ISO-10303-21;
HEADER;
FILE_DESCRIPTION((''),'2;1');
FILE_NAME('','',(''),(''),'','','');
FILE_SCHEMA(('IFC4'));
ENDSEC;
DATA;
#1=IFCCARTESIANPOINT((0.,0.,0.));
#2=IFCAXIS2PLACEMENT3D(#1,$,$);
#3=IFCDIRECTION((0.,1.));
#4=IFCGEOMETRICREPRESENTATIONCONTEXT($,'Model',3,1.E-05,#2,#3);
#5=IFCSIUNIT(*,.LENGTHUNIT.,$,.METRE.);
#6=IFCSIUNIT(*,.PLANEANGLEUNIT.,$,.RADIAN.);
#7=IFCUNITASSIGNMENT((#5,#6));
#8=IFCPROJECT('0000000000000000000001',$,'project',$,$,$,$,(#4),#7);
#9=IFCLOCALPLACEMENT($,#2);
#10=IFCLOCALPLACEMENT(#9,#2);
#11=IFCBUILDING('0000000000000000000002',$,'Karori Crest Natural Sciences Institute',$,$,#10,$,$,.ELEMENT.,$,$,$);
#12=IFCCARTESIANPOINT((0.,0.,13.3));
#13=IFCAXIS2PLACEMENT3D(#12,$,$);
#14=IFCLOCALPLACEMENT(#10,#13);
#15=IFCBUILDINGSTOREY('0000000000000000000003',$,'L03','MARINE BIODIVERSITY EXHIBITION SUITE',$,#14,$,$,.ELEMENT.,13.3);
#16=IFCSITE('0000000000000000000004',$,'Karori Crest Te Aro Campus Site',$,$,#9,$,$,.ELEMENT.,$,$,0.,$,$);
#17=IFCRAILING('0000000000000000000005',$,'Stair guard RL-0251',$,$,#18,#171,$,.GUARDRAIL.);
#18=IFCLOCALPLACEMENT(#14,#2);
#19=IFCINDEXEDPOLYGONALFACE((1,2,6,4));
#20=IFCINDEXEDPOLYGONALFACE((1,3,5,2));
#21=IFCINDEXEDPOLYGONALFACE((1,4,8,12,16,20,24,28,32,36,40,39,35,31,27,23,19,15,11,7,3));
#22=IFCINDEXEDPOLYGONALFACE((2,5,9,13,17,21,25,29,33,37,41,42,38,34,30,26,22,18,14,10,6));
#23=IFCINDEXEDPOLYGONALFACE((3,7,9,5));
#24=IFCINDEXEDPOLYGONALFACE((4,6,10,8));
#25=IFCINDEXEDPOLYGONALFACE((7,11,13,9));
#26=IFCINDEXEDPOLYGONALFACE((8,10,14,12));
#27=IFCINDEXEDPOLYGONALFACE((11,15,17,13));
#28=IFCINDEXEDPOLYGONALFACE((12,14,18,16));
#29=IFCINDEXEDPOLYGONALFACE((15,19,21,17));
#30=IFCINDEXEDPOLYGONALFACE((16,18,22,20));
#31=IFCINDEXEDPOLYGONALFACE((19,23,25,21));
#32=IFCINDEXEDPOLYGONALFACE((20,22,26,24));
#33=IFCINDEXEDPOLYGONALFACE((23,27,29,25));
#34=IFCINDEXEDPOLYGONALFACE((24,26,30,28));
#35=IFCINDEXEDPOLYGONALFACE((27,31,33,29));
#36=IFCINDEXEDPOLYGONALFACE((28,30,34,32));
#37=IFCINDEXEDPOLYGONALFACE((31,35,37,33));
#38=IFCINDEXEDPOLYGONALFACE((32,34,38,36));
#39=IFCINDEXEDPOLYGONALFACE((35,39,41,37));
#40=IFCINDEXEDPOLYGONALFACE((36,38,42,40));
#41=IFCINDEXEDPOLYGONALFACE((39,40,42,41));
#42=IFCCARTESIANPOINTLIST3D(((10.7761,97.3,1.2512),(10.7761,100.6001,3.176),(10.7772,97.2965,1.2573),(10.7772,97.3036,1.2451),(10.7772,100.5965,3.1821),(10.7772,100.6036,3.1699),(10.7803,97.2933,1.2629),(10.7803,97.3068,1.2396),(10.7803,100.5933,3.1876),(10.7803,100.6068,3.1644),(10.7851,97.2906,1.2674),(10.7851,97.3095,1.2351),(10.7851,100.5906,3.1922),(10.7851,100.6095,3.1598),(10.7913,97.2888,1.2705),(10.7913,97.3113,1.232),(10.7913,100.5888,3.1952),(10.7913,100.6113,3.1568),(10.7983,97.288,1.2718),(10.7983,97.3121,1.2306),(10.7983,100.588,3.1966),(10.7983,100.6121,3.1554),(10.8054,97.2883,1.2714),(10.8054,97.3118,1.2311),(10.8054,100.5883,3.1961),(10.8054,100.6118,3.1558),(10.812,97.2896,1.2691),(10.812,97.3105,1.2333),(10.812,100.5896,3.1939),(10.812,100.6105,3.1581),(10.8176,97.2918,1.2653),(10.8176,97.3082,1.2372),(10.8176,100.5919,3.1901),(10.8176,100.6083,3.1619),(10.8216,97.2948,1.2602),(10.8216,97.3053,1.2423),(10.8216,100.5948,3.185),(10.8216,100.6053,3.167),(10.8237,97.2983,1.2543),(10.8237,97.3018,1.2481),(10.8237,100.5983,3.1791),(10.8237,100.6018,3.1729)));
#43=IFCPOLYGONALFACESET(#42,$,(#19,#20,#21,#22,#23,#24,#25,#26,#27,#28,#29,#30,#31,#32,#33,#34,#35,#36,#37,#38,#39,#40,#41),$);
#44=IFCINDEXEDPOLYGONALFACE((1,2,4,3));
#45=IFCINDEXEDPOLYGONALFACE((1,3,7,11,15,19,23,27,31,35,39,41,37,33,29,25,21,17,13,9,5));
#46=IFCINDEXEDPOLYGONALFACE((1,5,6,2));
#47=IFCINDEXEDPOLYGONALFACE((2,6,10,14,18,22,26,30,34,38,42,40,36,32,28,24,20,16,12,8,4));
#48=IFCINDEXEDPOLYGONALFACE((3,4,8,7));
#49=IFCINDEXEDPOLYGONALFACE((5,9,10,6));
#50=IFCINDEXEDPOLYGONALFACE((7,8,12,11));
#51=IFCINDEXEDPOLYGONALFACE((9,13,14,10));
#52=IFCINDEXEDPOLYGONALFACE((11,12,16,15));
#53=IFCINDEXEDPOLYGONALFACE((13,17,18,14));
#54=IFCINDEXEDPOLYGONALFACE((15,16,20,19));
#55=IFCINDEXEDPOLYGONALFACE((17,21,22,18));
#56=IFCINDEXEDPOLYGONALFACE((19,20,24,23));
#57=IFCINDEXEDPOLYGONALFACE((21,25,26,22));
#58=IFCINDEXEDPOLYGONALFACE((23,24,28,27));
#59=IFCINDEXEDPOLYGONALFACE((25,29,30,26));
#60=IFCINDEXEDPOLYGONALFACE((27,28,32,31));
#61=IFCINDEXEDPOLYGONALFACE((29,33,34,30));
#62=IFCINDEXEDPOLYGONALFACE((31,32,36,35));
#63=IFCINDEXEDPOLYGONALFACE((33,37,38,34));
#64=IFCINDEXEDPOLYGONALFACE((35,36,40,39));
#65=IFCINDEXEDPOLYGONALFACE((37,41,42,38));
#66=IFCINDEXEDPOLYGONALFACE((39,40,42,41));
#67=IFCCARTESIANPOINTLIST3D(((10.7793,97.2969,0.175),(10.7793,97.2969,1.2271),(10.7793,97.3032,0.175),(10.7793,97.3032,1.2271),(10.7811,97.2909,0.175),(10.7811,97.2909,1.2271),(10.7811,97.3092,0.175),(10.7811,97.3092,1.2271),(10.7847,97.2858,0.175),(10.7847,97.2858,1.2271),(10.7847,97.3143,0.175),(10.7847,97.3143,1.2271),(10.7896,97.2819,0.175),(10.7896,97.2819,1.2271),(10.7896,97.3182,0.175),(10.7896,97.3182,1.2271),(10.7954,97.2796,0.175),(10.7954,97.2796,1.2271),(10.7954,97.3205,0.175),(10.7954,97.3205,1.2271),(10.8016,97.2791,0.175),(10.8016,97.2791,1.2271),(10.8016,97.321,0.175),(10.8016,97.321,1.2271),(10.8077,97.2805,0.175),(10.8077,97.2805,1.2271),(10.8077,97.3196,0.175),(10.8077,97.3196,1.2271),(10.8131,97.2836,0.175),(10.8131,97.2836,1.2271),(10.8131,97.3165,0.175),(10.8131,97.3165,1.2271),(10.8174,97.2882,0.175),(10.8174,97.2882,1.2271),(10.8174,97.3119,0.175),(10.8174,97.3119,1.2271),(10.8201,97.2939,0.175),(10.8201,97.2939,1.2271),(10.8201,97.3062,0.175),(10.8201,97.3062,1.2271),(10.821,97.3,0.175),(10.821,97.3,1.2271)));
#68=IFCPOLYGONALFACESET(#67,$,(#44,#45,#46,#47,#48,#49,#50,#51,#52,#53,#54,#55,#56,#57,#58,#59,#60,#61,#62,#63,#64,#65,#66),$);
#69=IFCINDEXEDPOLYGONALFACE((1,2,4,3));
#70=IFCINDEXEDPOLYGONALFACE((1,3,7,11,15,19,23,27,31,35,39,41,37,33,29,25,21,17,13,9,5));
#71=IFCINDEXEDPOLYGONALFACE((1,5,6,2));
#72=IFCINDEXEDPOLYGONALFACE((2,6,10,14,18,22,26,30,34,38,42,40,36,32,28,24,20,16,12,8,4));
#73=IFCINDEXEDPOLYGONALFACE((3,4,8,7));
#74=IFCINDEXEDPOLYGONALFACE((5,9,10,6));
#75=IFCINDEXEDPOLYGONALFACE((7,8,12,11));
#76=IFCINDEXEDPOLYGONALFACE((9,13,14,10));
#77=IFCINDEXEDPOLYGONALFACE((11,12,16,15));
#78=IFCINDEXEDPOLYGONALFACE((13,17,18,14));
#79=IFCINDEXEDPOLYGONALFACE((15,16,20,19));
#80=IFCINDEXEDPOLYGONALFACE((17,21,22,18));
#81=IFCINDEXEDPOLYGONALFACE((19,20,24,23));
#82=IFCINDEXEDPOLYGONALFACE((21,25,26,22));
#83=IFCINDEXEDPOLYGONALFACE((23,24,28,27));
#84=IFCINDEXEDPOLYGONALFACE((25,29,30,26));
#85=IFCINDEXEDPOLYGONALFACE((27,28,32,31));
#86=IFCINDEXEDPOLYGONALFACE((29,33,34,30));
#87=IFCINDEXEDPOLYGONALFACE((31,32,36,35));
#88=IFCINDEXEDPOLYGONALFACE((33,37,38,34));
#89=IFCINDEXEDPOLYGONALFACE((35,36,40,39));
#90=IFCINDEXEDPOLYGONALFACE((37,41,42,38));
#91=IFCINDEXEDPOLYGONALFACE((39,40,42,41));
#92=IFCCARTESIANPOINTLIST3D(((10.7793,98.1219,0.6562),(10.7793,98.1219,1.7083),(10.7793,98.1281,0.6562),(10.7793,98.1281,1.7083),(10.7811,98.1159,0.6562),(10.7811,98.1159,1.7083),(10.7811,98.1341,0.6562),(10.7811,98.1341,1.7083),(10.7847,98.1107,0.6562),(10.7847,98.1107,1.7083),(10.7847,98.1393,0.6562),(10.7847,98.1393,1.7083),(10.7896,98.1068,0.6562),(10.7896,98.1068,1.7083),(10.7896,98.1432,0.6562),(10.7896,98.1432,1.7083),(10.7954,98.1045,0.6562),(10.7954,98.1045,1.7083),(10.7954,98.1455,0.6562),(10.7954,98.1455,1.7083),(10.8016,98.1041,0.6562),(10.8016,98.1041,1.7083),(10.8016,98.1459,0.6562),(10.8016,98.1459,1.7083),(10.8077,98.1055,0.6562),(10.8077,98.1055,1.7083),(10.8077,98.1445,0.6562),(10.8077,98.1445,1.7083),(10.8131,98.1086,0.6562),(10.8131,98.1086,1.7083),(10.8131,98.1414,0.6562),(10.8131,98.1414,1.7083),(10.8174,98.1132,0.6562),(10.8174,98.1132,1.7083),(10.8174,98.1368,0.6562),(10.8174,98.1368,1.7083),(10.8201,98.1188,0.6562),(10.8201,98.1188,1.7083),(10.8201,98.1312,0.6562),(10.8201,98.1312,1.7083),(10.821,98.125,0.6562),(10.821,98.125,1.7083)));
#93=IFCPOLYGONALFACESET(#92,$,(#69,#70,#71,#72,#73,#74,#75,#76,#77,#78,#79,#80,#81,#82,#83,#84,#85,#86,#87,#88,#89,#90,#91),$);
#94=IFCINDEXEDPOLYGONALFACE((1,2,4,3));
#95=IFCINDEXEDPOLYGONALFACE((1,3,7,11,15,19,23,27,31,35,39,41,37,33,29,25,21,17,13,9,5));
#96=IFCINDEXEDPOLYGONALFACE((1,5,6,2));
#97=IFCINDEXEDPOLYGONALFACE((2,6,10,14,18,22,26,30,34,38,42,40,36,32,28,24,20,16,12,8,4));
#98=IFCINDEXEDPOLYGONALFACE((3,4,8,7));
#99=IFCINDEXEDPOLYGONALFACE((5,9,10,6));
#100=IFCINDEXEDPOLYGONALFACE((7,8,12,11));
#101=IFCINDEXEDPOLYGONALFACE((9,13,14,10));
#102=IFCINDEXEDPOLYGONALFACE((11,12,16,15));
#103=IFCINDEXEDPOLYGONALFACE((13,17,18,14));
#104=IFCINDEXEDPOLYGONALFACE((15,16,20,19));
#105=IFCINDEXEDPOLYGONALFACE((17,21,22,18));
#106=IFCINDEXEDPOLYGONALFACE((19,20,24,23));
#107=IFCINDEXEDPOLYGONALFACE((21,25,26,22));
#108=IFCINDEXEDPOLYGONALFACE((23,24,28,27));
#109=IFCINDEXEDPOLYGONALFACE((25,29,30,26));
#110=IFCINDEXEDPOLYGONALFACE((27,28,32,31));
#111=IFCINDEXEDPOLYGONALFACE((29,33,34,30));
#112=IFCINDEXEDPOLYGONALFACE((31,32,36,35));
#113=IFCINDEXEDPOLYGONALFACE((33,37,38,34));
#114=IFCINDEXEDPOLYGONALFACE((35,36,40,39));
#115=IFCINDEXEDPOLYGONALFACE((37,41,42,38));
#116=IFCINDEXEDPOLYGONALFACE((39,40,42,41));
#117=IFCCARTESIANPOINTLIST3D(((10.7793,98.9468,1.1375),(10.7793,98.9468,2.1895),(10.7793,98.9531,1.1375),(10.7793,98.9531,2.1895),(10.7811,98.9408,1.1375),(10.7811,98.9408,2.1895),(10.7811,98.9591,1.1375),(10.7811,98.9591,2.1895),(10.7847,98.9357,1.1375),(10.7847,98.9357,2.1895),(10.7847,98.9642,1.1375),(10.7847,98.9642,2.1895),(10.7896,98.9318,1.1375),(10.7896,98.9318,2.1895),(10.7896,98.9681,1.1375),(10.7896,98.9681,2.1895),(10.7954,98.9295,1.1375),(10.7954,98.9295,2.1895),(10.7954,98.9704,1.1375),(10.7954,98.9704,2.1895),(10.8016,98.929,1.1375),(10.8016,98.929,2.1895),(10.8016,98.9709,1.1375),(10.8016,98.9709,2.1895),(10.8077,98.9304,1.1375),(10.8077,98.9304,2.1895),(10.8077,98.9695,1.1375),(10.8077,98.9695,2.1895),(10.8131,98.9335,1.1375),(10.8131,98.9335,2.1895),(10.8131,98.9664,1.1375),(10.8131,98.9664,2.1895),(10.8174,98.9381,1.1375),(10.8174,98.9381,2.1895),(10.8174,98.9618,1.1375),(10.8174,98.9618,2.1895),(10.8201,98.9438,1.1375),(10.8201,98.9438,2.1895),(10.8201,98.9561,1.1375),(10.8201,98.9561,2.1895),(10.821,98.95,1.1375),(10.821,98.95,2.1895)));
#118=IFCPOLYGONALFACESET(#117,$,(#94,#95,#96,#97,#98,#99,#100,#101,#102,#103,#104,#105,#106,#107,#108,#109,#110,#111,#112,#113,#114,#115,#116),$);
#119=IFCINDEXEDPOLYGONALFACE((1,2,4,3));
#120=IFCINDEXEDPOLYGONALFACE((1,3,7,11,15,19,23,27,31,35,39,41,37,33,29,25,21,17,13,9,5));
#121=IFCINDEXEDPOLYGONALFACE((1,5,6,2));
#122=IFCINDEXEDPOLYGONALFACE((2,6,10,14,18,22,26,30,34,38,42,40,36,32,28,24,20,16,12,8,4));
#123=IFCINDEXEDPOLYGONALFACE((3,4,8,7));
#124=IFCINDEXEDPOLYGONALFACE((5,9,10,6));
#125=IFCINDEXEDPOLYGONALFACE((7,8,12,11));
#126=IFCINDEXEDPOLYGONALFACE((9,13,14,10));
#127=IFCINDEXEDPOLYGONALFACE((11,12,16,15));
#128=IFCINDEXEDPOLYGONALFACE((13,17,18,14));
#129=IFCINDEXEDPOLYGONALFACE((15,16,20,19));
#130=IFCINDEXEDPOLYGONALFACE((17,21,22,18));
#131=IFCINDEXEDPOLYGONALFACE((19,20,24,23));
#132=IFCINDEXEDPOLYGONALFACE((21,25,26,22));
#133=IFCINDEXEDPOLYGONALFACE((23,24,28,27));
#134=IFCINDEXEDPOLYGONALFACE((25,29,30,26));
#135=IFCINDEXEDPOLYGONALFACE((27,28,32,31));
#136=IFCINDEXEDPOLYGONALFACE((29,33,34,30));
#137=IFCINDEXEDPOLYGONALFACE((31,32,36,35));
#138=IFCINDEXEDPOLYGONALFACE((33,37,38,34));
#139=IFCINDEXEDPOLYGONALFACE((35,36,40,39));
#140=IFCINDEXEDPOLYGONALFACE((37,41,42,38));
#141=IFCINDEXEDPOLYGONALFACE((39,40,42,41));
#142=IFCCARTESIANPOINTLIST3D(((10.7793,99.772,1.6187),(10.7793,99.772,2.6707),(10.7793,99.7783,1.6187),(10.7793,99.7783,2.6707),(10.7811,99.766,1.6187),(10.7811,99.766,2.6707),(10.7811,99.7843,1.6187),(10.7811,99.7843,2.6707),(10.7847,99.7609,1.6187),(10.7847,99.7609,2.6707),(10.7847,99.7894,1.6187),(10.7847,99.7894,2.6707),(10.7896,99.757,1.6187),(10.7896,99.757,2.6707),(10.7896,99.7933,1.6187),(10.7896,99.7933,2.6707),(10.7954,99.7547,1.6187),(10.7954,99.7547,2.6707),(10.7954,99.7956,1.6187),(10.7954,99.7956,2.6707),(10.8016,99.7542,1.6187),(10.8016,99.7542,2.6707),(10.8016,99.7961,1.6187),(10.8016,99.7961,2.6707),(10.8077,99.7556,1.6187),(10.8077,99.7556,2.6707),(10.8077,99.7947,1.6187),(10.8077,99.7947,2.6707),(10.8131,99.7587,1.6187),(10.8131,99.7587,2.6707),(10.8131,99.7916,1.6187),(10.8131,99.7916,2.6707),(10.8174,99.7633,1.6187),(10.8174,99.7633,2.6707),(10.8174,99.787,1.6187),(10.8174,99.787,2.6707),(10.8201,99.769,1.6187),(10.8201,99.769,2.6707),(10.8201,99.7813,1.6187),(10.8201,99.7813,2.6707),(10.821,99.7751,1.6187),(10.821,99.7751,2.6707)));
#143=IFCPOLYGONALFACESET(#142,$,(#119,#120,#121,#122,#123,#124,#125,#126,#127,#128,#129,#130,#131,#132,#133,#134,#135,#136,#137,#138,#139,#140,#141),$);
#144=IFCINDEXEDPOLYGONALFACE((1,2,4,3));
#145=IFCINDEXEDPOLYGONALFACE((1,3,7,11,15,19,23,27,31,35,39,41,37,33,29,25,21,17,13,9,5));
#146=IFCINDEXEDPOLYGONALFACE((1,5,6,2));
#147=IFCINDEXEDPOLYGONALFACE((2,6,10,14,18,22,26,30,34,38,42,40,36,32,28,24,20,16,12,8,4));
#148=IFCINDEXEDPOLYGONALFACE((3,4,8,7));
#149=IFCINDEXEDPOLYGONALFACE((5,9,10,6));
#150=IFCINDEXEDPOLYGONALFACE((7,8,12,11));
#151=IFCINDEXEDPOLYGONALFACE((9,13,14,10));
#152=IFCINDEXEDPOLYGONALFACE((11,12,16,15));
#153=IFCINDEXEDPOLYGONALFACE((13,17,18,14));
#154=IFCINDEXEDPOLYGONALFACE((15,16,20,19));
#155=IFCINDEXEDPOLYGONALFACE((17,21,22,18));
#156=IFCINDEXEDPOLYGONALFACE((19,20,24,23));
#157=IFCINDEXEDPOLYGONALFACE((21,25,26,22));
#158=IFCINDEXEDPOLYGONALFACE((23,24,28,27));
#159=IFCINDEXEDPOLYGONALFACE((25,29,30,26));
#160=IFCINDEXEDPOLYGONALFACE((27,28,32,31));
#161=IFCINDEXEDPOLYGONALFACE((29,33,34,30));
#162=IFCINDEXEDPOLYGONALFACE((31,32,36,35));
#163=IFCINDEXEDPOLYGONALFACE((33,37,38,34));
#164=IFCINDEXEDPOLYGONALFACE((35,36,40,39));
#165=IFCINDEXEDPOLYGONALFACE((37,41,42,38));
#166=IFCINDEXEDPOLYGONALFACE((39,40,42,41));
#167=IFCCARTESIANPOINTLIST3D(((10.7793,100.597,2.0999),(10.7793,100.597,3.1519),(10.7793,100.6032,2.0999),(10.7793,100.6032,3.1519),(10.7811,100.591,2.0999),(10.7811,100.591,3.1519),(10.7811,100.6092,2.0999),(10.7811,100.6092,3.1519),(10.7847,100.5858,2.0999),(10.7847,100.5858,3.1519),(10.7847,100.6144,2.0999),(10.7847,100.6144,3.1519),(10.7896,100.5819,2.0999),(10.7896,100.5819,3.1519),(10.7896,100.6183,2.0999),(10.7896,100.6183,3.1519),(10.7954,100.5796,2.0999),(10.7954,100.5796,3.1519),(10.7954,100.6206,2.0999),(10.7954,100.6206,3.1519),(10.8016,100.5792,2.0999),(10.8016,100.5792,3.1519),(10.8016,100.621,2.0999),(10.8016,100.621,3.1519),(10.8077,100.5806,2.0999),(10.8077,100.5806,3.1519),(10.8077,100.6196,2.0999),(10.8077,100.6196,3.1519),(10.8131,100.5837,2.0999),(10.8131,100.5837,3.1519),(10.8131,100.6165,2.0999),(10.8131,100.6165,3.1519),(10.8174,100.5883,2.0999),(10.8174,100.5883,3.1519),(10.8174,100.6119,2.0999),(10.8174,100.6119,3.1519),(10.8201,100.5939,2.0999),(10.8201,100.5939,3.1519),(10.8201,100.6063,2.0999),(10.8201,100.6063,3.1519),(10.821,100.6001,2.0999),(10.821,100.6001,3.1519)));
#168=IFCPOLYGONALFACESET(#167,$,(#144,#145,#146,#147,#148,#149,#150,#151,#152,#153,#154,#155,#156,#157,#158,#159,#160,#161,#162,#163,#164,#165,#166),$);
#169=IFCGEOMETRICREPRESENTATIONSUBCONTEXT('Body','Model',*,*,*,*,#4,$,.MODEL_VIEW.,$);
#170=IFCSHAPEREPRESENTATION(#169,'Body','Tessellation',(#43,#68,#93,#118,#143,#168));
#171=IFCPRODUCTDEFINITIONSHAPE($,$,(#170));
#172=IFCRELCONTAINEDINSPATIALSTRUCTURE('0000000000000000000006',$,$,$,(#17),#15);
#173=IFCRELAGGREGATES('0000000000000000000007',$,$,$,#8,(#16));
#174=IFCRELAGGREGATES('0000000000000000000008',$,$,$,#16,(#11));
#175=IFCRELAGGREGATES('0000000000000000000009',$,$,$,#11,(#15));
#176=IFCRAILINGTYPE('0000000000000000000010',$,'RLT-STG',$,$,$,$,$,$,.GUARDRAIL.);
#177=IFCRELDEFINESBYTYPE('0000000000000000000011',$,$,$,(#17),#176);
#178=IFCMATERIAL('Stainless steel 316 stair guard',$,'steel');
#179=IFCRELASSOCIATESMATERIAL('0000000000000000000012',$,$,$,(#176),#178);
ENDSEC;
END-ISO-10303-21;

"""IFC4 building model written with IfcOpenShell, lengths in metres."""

from ifc_helpers import new_model, si_unit, direction, frame, origin, origin_2d, place, context, subcontext, project, spatial, circle, extrude, material, type_object, element, save


model = new_model("IFC4")

# Units and contexts
model_context = context("Model", 3, precision=1e-05, world=origin(), true_north=direction((0.0, 1.0)))
body_context = subcontext(model_context, "Body", "Model", "MODEL_VIEW")
ifc_project = project(units=[si_unit("LENGTHUNIT", "METRE"), si_unit("PLANEANGLEUNIT", "RADIAN")], contexts=[model_context])

# Site, building, storey
site_placement = place(None, origin())
site = spatial("IfcSite", under=ifc_project, at=site_placement, Name="Karori Crest Te Aro Campus Site", CompositionType="ELEMENT", RefElevation=0.0)
building_placement = place(site_placement, origin())
building = spatial("IfcBuilding", under=site, at=building_placement, Name="Karori Crest Natural Sciences Institute", CompositionType="ELEMENT")
storey_placement = place(building_placement, frame((0.0, 0.0, 13.3)))
storey = spatial("IfcBuildingStorey", under=building, at=storey_placement, Name="L03", Description="MARINE BIODIVERSITY EXHIBITION SUITE", CompositionType="ELEMENT", Elevation=13.3)

# Railing
ifc_material_1 = material(Name="Stainless steel 316 stair guard", Category="steel")
railing_type_1 = type_object("IfcRailingType", Name="RLT-STG", PredefinedType="GUARDRAIL", material=ifc_material_1)
railing_1_placement = place(storey_placement, frame((10.8, 97.3, 0.175)))
element("IfcRailing", 1, at=railing_1_placement, inside=storey, type_object=railing_type_1, Name="Stair guard RL-0251", PredefinedType="GUARDRAIL", context=body_context, shape_type="SweptSolid", body=[
    extrude(circle(Radius=0.0239, at=origin_2d()), frame((0.0, 0.0, 1.0762), z_axis=(0.0, 0.863804, 0.503827), x_axis=(-1.0, 0.0, 0.0)), (0.0, 0.0, 1.0), 3.8203),
    extrude(circle(Radius=0.021, at=origin_2d()), origin(), (0.0, 0.0, 1.0), 1.052),
    extrude(circle(Radius=0.021, at=origin_2d()), frame((0.0, 0.825, 0.4812)), (0.0, 0.0, 1.0), 1.052),
    extrude(circle(Radius=0.021, at=origin_2d()), frame((0.0, 1.6499, 0.9624)), (0.0, 0.0, 1.0), 1.052),
    extrude(circle(Radius=0.021, at=origin_2d()), frame((0.0, 2.4751, 1.4436)), (0.0, 0.0, 1.0), 1.052),
    extrude(circle(Radius=0.021, at=origin_2d()), frame((0.0, 3.3, 1.9248)), (0.0, 0.0, 1.0), 1.052),
])

save(model, "model.ifc")
